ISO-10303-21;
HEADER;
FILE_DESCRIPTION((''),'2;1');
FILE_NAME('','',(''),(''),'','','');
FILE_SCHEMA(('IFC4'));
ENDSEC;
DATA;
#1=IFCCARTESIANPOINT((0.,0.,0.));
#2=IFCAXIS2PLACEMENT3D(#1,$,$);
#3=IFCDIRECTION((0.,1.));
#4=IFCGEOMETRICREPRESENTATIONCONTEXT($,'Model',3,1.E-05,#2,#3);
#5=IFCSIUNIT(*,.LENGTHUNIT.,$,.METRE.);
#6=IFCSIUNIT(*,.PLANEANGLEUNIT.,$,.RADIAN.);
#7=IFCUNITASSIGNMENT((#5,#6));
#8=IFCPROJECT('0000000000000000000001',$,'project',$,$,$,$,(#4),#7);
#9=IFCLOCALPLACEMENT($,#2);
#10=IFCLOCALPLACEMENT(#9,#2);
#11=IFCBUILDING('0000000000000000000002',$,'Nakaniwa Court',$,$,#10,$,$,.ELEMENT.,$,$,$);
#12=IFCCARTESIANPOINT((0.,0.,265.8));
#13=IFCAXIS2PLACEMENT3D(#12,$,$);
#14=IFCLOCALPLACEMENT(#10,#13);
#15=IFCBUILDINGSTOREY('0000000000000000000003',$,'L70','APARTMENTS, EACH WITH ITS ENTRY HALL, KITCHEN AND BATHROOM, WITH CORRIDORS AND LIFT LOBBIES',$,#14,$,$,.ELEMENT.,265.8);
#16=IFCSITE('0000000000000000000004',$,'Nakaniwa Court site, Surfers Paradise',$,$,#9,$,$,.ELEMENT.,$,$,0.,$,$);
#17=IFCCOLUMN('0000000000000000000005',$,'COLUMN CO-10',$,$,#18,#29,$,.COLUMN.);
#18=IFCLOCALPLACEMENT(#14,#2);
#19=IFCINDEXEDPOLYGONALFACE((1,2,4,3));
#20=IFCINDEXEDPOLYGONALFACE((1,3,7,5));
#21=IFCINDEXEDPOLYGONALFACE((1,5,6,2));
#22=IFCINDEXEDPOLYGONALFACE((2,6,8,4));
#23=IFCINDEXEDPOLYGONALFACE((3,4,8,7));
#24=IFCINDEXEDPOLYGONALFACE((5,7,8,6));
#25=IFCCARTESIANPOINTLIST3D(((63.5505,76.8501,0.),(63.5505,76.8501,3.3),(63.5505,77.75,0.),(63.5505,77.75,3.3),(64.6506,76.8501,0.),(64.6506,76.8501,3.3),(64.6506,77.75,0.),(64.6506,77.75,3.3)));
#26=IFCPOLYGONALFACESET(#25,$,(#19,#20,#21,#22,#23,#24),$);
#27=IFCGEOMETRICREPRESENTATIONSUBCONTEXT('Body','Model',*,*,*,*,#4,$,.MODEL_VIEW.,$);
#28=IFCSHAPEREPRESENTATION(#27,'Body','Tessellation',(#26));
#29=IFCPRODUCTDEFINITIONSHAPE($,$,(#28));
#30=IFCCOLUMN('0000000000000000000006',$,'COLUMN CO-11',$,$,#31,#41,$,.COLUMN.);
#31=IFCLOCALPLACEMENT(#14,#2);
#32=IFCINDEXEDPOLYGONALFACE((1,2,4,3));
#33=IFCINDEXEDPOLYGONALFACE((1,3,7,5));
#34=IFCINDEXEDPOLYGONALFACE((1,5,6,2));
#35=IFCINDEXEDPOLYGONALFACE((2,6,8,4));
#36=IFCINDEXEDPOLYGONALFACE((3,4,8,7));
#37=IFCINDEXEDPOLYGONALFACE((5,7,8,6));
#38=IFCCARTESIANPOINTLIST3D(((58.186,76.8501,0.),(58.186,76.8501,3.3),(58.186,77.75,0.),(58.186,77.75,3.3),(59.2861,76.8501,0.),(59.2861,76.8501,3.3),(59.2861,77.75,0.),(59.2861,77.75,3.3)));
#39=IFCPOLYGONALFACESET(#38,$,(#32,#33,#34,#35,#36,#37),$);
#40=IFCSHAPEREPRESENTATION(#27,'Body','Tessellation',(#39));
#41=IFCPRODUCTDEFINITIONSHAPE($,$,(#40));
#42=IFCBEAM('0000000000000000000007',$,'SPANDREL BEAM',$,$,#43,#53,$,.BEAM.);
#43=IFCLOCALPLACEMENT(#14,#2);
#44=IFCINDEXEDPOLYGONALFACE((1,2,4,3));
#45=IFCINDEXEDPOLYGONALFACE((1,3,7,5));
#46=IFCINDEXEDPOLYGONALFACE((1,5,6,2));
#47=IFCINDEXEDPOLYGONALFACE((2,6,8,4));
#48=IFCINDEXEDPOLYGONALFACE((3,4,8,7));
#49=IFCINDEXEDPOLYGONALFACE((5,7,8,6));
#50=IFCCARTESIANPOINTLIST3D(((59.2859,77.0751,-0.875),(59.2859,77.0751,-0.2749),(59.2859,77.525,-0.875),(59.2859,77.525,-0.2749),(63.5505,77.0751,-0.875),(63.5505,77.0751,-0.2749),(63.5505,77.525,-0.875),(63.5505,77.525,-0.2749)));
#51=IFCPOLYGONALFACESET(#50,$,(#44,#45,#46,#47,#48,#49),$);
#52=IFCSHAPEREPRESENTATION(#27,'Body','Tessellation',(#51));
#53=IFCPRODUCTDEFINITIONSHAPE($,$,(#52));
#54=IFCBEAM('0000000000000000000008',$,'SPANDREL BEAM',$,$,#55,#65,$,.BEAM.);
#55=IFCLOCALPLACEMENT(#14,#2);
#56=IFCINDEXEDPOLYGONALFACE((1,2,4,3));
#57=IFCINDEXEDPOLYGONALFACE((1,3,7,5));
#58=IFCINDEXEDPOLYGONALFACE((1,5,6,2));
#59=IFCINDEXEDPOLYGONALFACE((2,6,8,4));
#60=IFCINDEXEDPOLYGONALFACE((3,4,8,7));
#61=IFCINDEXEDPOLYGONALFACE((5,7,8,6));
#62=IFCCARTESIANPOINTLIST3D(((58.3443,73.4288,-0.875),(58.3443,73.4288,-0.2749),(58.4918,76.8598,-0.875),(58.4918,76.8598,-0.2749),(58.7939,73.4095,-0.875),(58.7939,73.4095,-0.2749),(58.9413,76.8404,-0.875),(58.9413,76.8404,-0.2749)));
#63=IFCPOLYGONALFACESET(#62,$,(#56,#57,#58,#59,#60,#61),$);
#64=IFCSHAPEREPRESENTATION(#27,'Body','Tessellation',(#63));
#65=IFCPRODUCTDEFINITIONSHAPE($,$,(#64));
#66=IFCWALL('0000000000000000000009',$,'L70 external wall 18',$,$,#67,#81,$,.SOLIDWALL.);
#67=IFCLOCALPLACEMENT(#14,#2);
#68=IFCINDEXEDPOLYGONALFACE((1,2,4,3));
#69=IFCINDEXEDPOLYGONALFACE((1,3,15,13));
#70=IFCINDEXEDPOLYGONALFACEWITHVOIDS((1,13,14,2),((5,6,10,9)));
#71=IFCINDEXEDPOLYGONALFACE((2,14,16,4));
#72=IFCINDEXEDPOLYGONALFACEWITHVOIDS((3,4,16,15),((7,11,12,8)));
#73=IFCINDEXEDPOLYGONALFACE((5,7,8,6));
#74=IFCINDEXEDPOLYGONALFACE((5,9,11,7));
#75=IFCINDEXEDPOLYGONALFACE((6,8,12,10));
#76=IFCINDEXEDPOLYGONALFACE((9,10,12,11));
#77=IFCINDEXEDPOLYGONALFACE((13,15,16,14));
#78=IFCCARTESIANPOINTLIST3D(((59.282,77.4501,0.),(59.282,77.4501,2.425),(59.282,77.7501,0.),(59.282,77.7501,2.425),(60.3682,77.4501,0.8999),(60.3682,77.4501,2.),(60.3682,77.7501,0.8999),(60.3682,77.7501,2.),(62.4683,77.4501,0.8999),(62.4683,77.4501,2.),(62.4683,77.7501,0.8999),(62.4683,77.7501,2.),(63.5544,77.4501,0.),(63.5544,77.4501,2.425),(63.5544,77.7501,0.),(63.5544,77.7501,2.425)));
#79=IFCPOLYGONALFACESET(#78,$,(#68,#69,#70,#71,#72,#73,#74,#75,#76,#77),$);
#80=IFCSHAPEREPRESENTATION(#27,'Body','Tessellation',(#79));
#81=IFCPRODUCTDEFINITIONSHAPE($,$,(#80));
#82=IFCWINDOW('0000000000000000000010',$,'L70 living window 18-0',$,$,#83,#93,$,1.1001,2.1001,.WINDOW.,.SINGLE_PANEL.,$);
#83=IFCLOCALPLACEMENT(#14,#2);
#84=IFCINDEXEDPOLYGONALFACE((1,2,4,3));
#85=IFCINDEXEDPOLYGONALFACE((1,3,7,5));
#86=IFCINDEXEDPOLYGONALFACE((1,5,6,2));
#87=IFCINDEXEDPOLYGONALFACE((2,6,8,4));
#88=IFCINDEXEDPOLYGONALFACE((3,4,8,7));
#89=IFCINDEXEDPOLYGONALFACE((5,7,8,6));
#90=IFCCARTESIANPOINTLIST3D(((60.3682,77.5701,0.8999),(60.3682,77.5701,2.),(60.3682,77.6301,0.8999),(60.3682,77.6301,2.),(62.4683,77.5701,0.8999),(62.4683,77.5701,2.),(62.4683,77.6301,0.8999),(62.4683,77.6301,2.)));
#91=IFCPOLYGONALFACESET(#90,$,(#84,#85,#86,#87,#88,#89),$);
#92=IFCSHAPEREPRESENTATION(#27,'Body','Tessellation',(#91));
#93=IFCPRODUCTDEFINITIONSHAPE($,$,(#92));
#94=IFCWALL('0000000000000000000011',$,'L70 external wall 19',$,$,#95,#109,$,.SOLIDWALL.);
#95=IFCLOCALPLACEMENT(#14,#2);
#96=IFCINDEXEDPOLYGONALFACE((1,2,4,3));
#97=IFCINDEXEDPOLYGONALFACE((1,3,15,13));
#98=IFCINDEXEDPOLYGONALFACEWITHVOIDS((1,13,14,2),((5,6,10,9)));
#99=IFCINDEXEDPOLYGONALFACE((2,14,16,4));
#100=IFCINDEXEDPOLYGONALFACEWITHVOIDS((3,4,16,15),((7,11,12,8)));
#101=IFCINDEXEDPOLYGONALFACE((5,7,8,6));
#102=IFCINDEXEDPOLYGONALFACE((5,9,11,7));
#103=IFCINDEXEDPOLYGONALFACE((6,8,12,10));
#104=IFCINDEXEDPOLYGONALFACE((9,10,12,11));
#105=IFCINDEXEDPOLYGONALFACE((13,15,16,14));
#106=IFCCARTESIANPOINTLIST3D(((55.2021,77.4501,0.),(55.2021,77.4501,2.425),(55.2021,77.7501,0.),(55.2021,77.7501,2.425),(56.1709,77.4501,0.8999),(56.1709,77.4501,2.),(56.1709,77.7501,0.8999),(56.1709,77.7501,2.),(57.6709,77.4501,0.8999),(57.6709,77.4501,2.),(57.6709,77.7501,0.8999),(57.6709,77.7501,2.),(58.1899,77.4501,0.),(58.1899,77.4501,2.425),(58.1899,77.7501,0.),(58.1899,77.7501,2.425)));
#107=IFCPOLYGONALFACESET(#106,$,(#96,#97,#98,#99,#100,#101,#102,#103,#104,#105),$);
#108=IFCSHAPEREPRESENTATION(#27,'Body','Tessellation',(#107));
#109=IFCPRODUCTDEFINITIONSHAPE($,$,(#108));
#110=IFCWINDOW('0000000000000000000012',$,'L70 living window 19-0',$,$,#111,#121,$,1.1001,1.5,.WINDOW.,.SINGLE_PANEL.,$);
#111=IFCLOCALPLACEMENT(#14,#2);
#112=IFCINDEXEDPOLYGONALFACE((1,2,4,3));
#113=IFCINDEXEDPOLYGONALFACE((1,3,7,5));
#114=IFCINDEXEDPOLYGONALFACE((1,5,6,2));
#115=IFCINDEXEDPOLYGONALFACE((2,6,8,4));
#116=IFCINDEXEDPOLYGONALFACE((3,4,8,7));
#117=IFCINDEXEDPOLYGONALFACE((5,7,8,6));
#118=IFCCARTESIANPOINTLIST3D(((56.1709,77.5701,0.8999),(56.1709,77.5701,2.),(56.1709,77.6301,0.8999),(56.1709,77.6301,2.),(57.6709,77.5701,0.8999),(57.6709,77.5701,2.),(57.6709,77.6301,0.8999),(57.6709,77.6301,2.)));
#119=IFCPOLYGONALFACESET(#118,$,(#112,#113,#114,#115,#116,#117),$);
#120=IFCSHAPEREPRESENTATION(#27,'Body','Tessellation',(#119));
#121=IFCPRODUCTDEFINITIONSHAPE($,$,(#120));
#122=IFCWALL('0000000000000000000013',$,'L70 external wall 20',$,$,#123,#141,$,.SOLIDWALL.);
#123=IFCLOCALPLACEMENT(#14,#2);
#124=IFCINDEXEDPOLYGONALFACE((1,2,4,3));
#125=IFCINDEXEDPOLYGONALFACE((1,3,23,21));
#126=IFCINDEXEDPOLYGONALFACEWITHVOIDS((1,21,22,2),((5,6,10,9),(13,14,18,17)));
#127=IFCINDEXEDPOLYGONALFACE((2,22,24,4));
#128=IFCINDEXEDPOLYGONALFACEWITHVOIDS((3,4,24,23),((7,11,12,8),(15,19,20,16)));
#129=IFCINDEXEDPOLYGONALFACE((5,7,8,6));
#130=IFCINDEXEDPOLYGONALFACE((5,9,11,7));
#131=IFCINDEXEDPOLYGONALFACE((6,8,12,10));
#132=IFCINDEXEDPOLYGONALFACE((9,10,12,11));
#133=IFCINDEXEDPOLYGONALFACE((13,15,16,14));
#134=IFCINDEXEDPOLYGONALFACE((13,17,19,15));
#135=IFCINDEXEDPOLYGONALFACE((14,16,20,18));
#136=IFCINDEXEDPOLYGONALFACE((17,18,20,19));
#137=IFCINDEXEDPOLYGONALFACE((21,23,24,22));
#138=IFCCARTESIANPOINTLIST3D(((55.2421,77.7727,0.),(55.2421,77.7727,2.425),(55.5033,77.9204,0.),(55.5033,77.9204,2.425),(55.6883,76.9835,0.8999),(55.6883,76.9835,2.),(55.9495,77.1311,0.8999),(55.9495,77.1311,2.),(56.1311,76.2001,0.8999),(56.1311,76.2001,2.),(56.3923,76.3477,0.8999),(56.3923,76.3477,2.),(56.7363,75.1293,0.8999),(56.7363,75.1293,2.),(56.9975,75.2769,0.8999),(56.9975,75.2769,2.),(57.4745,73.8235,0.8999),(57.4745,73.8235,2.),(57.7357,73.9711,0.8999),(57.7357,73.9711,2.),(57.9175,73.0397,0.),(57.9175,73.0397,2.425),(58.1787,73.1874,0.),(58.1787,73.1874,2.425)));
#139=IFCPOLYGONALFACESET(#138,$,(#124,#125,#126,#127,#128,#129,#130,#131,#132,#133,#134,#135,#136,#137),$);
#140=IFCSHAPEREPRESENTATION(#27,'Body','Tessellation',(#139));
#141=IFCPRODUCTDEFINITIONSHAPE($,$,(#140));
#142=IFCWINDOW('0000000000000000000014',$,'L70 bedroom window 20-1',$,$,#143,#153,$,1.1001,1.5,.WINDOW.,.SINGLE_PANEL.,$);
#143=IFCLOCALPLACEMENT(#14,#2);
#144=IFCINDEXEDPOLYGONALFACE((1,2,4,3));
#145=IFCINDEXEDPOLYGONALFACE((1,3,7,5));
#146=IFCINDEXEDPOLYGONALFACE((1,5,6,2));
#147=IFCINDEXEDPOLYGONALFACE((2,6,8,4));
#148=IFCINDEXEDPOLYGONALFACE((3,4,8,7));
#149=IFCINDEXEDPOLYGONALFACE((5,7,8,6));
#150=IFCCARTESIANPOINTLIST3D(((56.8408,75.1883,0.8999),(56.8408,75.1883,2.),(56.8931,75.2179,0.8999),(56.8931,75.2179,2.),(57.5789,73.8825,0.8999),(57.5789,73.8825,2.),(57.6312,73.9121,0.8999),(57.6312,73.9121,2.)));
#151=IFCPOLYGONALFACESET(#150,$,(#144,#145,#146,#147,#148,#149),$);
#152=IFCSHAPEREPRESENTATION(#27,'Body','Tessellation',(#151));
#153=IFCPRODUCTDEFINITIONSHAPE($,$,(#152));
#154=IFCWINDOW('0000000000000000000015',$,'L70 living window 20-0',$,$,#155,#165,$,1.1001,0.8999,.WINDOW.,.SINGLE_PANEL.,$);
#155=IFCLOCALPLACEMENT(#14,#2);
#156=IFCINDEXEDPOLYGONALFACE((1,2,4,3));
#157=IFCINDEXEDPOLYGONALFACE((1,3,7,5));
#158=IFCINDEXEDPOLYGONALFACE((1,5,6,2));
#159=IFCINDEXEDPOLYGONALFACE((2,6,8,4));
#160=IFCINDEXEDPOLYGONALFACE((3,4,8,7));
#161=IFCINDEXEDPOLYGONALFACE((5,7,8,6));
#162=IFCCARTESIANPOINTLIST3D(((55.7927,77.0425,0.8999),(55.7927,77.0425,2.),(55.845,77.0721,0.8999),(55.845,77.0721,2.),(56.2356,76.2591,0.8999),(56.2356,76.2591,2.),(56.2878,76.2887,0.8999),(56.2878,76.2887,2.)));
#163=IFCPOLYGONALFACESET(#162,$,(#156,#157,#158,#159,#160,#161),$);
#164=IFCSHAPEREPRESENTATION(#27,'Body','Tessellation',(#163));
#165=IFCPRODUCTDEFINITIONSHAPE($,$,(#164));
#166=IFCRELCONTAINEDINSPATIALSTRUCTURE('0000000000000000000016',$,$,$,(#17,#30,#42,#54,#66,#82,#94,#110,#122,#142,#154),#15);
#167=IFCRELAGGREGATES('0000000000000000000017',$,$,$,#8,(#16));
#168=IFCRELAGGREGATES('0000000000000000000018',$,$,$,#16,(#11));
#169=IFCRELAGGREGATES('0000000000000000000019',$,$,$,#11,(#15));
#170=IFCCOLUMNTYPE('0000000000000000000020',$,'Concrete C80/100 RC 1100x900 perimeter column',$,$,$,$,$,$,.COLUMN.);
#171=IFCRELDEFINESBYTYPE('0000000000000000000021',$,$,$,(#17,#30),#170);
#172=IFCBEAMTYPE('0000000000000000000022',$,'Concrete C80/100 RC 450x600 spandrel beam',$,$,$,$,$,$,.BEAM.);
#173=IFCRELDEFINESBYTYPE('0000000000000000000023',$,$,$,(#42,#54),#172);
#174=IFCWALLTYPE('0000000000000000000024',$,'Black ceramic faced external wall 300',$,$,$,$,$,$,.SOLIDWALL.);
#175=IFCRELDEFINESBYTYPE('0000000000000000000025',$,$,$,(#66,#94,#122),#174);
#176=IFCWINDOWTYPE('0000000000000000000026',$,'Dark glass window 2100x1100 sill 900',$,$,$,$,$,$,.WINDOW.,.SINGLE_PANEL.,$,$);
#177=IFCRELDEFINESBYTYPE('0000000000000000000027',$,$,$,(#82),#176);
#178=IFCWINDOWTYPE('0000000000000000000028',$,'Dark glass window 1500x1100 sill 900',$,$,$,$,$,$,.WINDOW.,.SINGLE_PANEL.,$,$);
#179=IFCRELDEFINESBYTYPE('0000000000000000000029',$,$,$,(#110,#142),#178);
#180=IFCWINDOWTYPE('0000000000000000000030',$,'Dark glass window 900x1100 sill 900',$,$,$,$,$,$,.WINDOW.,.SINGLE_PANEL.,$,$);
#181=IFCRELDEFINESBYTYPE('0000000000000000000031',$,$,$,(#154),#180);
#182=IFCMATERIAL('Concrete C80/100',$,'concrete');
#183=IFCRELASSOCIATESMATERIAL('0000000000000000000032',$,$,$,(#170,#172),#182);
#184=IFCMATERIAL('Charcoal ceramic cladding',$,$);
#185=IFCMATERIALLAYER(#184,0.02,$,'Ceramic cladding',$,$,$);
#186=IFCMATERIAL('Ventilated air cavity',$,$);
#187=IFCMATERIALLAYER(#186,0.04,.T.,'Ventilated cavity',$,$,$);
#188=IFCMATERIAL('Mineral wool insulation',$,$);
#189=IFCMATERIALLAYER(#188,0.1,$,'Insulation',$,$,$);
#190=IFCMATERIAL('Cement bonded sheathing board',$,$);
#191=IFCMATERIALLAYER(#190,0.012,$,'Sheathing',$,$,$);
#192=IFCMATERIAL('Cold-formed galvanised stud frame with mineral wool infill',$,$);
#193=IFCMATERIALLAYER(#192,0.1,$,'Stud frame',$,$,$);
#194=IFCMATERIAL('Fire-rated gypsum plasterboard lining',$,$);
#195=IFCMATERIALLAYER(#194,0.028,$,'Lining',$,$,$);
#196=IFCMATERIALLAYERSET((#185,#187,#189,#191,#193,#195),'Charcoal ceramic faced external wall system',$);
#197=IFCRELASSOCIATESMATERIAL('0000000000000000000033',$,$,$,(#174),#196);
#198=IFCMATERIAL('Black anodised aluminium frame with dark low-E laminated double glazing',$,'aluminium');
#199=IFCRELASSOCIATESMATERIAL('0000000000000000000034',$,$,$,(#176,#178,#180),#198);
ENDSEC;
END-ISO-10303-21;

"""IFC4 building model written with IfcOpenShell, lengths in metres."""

from ifc_helpers import new_model, si_unit, direction, frame, frame_2d, origin, origin_2d, place, context, subcontext, project, spatial, rectangle, extrude, material, layer, layer_set, material_profile, profile_set, type_object, element, fill, save


model = new_model("IFC4")

# Units and contexts
model_context = context("Model", 3, precision=1e-05, world=origin(), true_north=direction((0.0, 1.0)))
body_context = subcontext(model_context, "Body", "Model", "MODEL_VIEW")
ifc_project = project(units=[si_unit("LENGTHUNIT", "METRE"), si_unit("PLANEANGLEUNIT", "RADIAN")], contexts=[model_context])

# Site, building, storey
site_placement = place(None, origin())
site = spatial("IfcSite", under=ifc_project, at=site_placement, Name="Nakaniwa Court site, Surfers Paradise", CompositionType="ELEMENT", RefElevation=0.0)
building_placement = place(site_placement, origin())
building = spatial("IfcBuilding", under=site, at=building_placement, Name="Nakaniwa Court", CompositionType="ELEMENT")
storey_placement = place(building_placement, frame((0.0, 0.0, 265.8)))
storey = spatial("IfcBuildingStorey", under=building, at=storey_placement, Name="L70", Description="APARTMENTS, EACH WITH ITS ENTRY HALL, KITCHEN AND BATHROOM, WITH CORRIDORS AND LIFT LOBBIES", CompositionType="ELEMENT", Elevation=265.8)

# Columns
ifc_material_1 = material(Name="Concrete C80/100", Category="concrete")
ifc_material_profile_1 = material_profile(ifc_material_1, rectangle(XDim=1.1001, YDim=0.8999, at=origin_2d()), Name="Concrete C80/100 RC 1100x900 perimeter column")
ifc_profile_set_1 = profile_set([ifc_material_profile_1], Name="Concrete C80/100")
column_type = type_object("IfcColumnType", Name="Concrete C80/100 RC 1100x900 perimeter column", PredefinedType="COLUMN", material=ifc_profile_set_1)
for number, where, z_axis, x_axis, name in (
    (1, (64.1006, 77.3, 0.0), (0.0, 0.0, 1.0), (-1.0, 0.0, 0.0), "COLUMN CO-10"),
    (2, (58.7361, 77.3, 0.0), (0.0, 0.0, 1.0), (-1.0, 0.0, 0.0), "COLUMN CO-11"),
):
    element("IfcColumn", number, at=place(storey_placement, frame(where, z_axis=z_axis, x_axis=x_axis)), inside=storey, type_object=column_type, Name=name, PredefinedType="COLUMN", context=body_context, shape_type="SweptSolid", body=[
        extrude(rectangle(XDim=1.1001, YDim=0.8999, at=origin_2d()), origin(), (0.0, 0.0, 1.0), 3.3),
    ])

# Beams
ifc_material_profile_2 = material_profile(ifc_material_1, rectangle(XDim=0.45, YDim=0.6001, at=origin_2d()), Name="Concrete C80/100 RC 450x600 spandrel beam")
ifc_profile_set_2 = profile_set([ifc_material_profile_2], Name="Concrete C80/100")
beam_type = type_object("IfcBeamType", Name="Concrete C80/100 RC 450x600 spandrel beam", PredefinedType="BEAM", material=ifc_profile_set_2)
beam_1_placement = place(storey_placement, frame((63.5505, 77.3, -0.575), z_axis=(-1.0, 0.0, 0.0), x_axis=(0.0, -1.0, 0.0)))
element("IfcBeam", 3, at=beam_1_placement, inside=storey, type_object=beam_type, Name="SPANDREL BEAM", PredefinedType="BEAM", context=body_context, shape_type="SweptSolid", body=[
    extrude(rectangle(XDim=0.45, YDim=0.6001, at=origin_2d()), origin(), (0.0, 0.0, 1.0), 4.2646),
])
beam_2_placement = place(storey_placement, frame((58.7166, 76.8501, -0.575), z_axis=(-0.042941, -0.999078, 0.0), x_axis=(0.999078, -0.042941, 0.0)))
element("IfcBeam", 4, at=beam_2_placement, inside=storey, type_object=beam_type, Name="SPANDREL BEAM", PredefinedType="BEAM", context=body_context, shape_type="SweptSolid", body=[
    extrude(rectangle(XDim=0.45, YDim=0.6001, at=origin_2d()), origin(), (0.0, 0.0, 1.0), 3.4341),
])

# Walls, openings, windows
ifc_material_2 = material(Name="Charcoal ceramic cladding")
ifc_layer_1 = layer(ifc_material_2, 0.02, Name="Ceramic cladding")
ifc_material_3 = material(Name="Ventilated air cavity")
ifc_layer_2 = layer(ifc_material_3, 0.04, ventilated=True, Name="Ventilated cavity")
ifc_material_4 = material(Name="Mineral wool insulation")
ifc_layer_3 = layer(ifc_material_4, 0.1, Name="Insulation")
ifc_material_5 = material(Name="Cement bonded sheathing board")
ifc_layer_4 = layer(ifc_material_5, 0.012, Name="Sheathing")
ifc_material_6 = material(Name="Cold-formed galvanised stud frame with mineral wool infill")
ifc_layer_5 = layer(ifc_material_6, 0.1, Name="Stud frame")
ifc_material_7 = material(Name="Fire-rated gypsum plasterboard lining")
ifc_layer_6 = layer(ifc_material_7, 0.028, Name="Lining")
ifc_layer_set_1 = layer_set([ifc_layer_1, ifc_layer_2, ifc_layer_3, ifc_layer_4, ifc_layer_5, ifc_layer_6], Name="Charcoal ceramic faced external wall system")
wall_type_1 = type_object("IfcWallType", Name="Black ceramic faced external wall 300", PredefinedType="SOLIDWALL", material=ifc_layer_set_1)
wall_1_placement = place(storey_placement, frame((63.5544, 77.6001, 0.0), z_axis=(0.0, 0.0, 1.0), x_axis=(-1.0, 0.0, 0.0)))
wall_1 = element("IfcWall", 5, at=wall_1_placement, inside=storey, type_object=wall_type_1, Name="L70 external wall 18", PredefinedType="SOLIDWALL", context=body_context, shape_type="SweptSolid", body=[
    extrude(rectangle(XDim=4.2725, YDim=0.3, at=frame_2d((2.1362, 0.0))), origin(), (0.0, 0.0, 1.0), 2.425),
])
opening_1_placement = place(wall_1_placement, frame((1.0862, 0.0, 0.8999)))
opening_1 = element("IfcOpeningElement", 6, at=opening_1_placement, cuts=wall_1, PredefinedType="OPENING", context=body_context, shape_type="SweptSolid", body=[
    extrude(rectangle(XDim=2.1001, YDim=1.1001, at=frame_2d((1.05, 0.55))), frame((0.0, 0.1599, 0.0), z_axis=(0.0, -1.0, 0.0), x_axis=(1.0, 0.0, 0.0)), (0.0, 0.0, 1.0), 0.3201),
])
ifc_material_8 = material(Name="Black anodised aluminium frame with dark low-E laminated double glazing", Category="aluminium")
window_type_1 = type_object("IfcWindowType", Name="Dark glass window 2100x1100 sill 900", PartitioningType="SINGLE_PANEL", PredefinedType="WINDOW", material=ifc_material_8)
window_1_placement = place(opening_1_placement, origin())
window_1 = element("IfcWindow", 7, at=window_1_placement, inside=storey, type_object=window_type_1, Name="L70 living window 18-0", OverallHeight=1.1001, OverallWidth=2.1001, PartitioningType="SINGLE_PANEL", PredefinedType="WINDOW", context=body_context, shape_type="SweptSolid", body=[
    extrude(rectangle(XDim=2.1001, YDim=1.1001, at=frame_2d((1.05, 0.55))), frame((0.0, 0.03, 0.0), z_axis=(0.0, -1.0, 0.0), x_axis=(1.0, 0.0, 0.0)), (0.0, 0.0, 1.0), 0.0601),
])
fill(opening_1, window_1)
wall_2_placement = place(storey_placement, frame((58.1899, 77.6001, 0.0), z_axis=(0.0, 0.0, 1.0), x_axis=(-1.0, 0.0, 0.0)))
wall_2 = element("IfcWall", 8, at=wall_2_placement, inside=storey, type_object=wall_type_1, Name="L70 external wall 19", PredefinedType="SOLIDWALL", context=body_context, shape_type="SweptSolid", body=[
    extrude(rectangle(XDim=2.9878, YDim=0.3, at=frame_2d((1.4939, 0.0))), origin(), (0.0, 0.0, 1.0), 2.425),
])
opening_2_placement = place(wall_2_placement, frame((0.519, 0.0, 0.8999)))
opening_2 = element("IfcOpeningElement", 9, at=opening_2_placement, cuts=wall_2, PredefinedType="OPENING", context=body_context, shape_type="SweptSolid", body=[
    extrude(rectangle(XDim=1.5, YDim=1.1001, at=frame_2d((0.75, 0.55))), frame((0.0, 0.1599, 0.0), z_axis=(0.0, -1.0, 0.0), x_axis=(1.0, 0.0, 0.0)), (0.0, 0.0, 1.0), 0.3201),
])
window_type_2 = type_object("IfcWindowType", Name="Dark glass window 1500x1100 sill 900", PartitioningType="SINGLE_PANEL", PredefinedType="WINDOW", material=ifc_material_8)
window_2_placement = place(opening_2_placement, origin())
window_2 = element("IfcWindow", 10, at=window_2_placement, inside=storey, type_object=window_type_2, Name="L70 living window 19-0", OverallHeight=1.1001, OverallWidth=1.5, PartitioningType="SINGLE_PANEL", PredefinedType="WINDOW", context=body_context, shape_type="SweptSolid", body=[
    extrude(rectangle(XDim=1.5, YDim=1.1001, at=frame_2d((0.75, 0.55))), frame((0.0, 0.03, 0.0), z_axis=(0.0, -1.0, 0.0), x_axis=(1.0, 0.0, 0.0)), (0.0, 0.0, 1.0), 0.0601),
])
fill(opening_2, window_2)

# Wall, openings, windows
wall_3_placement = place(storey_placement, frame((55.3728, 77.8464, 0.0), z_axis=(0.0, 0.0, 1.0), x_axis=(0.492081, -0.870549, 0.0)))
wall_3 = element("IfcWall", 11, at=wall_3_placement, inside=storey, type_object=wall_type_1, Name="L70 external wall 20", PredefinedType="SOLIDWALL", context=body_context, shape_type="SweptSolid", body=[
    extrude(rectangle(XDim=5.4368, YDim=0.3, at=frame_2d((2.7183, 0.0))), origin(), (0.0, 0.0, 1.0), 2.425),
])
opening_3_placement = place(wall_3_placement, frame((0.9065, 0.0, 0.8999)))
opening_3 = element("IfcOpeningElement", 12, at=opening_3_placement, cuts=wall_3, PredefinedType="OPENING", context=body_context, shape_type="SweptSolid", body=[
    extrude(rectangle(XDim=0.8999, YDim=1.1001, at=frame_2d((0.45, 0.55))), frame((0.0, 0.1599, 0.0), z_axis=(0.0, -1.0, 0.0), x_axis=(1.0, 0.0, 0.0)), (0.0, 0.0, 1.0), 0.3201),
])
opening_4_placement = place(wall_3_placement, frame((3.0364, 0.0, 0.8999)))
opening_4 = element("IfcOpeningElement", 13, at=opening_4_placement, cuts=wall_3, PredefinedType="OPENING", context=body_context, shape_type="SweptSolid", body=[
    extrude(rectangle(XDim=1.5, YDim=1.1001, at=frame_2d((0.75, 0.55))), frame((0.0, 0.1599, 0.0), z_axis=(0.0, -1.0, 0.0), x_axis=(1.0, 0.0, 0.0)), (0.0, 0.0, 1.0), 0.3201),
])
window_3_placement = place(opening_4_placement, origin())
window_3 = element("IfcWindow", 14, at=window_3_placement, inside=storey, type_object=window_type_2, Name="L70 bedroom window 20-1", OverallHeight=1.1001, OverallWidth=1.5, PartitioningType="SINGLE_PANEL", PredefinedType="WINDOW", context=body_context, shape_type="SweptSolid", body=[
    extrude(rectangle(XDim=1.5, YDim=1.1001, at=frame_2d((0.75, 0.55))), frame((0.0, 0.03, 0.0), z_axis=(0.0, -1.0, 0.0), x_axis=(1.0, 0.0, 0.0)), (0.0, 0.0, 1.0), 0.0601),
])
fill(opening_4, window_3)
window_type_3 = type_object("IfcWindowType", Name="Dark glass window 900x1100 sill 900", PartitioningType="SINGLE_PANEL", PredefinedType="WINDOW", material=ifc_material_8)
window_4_placement = place(opening_3_placement, origin())
window_4 = element("IfcWindow", 15, at=window_4_placement, inside=storey, type_object=window_type_3, Name="L70 living window 20-0", OverallHeight=1.1001, OverallWidth=0.8999, PartitioningType="SINGLE_PANEL", PredefinedType="WINDOW", context=body_context, shape_type="SweptSolid", body=[
    extrude(rectangle(XDim=0.8999, YDim=1.1001, at=frame_2d((0.45, 0.55))), frame((0.0, 0.03, 0.0), z_axis=(0.0, -1.0, 0.0), x_axis=(1.0, 0.0, 0.0)), (0.0, 0.0, 1.0), 0.0601),
])
fill(opening_3, window_4)

save(model, "model.ifc")
